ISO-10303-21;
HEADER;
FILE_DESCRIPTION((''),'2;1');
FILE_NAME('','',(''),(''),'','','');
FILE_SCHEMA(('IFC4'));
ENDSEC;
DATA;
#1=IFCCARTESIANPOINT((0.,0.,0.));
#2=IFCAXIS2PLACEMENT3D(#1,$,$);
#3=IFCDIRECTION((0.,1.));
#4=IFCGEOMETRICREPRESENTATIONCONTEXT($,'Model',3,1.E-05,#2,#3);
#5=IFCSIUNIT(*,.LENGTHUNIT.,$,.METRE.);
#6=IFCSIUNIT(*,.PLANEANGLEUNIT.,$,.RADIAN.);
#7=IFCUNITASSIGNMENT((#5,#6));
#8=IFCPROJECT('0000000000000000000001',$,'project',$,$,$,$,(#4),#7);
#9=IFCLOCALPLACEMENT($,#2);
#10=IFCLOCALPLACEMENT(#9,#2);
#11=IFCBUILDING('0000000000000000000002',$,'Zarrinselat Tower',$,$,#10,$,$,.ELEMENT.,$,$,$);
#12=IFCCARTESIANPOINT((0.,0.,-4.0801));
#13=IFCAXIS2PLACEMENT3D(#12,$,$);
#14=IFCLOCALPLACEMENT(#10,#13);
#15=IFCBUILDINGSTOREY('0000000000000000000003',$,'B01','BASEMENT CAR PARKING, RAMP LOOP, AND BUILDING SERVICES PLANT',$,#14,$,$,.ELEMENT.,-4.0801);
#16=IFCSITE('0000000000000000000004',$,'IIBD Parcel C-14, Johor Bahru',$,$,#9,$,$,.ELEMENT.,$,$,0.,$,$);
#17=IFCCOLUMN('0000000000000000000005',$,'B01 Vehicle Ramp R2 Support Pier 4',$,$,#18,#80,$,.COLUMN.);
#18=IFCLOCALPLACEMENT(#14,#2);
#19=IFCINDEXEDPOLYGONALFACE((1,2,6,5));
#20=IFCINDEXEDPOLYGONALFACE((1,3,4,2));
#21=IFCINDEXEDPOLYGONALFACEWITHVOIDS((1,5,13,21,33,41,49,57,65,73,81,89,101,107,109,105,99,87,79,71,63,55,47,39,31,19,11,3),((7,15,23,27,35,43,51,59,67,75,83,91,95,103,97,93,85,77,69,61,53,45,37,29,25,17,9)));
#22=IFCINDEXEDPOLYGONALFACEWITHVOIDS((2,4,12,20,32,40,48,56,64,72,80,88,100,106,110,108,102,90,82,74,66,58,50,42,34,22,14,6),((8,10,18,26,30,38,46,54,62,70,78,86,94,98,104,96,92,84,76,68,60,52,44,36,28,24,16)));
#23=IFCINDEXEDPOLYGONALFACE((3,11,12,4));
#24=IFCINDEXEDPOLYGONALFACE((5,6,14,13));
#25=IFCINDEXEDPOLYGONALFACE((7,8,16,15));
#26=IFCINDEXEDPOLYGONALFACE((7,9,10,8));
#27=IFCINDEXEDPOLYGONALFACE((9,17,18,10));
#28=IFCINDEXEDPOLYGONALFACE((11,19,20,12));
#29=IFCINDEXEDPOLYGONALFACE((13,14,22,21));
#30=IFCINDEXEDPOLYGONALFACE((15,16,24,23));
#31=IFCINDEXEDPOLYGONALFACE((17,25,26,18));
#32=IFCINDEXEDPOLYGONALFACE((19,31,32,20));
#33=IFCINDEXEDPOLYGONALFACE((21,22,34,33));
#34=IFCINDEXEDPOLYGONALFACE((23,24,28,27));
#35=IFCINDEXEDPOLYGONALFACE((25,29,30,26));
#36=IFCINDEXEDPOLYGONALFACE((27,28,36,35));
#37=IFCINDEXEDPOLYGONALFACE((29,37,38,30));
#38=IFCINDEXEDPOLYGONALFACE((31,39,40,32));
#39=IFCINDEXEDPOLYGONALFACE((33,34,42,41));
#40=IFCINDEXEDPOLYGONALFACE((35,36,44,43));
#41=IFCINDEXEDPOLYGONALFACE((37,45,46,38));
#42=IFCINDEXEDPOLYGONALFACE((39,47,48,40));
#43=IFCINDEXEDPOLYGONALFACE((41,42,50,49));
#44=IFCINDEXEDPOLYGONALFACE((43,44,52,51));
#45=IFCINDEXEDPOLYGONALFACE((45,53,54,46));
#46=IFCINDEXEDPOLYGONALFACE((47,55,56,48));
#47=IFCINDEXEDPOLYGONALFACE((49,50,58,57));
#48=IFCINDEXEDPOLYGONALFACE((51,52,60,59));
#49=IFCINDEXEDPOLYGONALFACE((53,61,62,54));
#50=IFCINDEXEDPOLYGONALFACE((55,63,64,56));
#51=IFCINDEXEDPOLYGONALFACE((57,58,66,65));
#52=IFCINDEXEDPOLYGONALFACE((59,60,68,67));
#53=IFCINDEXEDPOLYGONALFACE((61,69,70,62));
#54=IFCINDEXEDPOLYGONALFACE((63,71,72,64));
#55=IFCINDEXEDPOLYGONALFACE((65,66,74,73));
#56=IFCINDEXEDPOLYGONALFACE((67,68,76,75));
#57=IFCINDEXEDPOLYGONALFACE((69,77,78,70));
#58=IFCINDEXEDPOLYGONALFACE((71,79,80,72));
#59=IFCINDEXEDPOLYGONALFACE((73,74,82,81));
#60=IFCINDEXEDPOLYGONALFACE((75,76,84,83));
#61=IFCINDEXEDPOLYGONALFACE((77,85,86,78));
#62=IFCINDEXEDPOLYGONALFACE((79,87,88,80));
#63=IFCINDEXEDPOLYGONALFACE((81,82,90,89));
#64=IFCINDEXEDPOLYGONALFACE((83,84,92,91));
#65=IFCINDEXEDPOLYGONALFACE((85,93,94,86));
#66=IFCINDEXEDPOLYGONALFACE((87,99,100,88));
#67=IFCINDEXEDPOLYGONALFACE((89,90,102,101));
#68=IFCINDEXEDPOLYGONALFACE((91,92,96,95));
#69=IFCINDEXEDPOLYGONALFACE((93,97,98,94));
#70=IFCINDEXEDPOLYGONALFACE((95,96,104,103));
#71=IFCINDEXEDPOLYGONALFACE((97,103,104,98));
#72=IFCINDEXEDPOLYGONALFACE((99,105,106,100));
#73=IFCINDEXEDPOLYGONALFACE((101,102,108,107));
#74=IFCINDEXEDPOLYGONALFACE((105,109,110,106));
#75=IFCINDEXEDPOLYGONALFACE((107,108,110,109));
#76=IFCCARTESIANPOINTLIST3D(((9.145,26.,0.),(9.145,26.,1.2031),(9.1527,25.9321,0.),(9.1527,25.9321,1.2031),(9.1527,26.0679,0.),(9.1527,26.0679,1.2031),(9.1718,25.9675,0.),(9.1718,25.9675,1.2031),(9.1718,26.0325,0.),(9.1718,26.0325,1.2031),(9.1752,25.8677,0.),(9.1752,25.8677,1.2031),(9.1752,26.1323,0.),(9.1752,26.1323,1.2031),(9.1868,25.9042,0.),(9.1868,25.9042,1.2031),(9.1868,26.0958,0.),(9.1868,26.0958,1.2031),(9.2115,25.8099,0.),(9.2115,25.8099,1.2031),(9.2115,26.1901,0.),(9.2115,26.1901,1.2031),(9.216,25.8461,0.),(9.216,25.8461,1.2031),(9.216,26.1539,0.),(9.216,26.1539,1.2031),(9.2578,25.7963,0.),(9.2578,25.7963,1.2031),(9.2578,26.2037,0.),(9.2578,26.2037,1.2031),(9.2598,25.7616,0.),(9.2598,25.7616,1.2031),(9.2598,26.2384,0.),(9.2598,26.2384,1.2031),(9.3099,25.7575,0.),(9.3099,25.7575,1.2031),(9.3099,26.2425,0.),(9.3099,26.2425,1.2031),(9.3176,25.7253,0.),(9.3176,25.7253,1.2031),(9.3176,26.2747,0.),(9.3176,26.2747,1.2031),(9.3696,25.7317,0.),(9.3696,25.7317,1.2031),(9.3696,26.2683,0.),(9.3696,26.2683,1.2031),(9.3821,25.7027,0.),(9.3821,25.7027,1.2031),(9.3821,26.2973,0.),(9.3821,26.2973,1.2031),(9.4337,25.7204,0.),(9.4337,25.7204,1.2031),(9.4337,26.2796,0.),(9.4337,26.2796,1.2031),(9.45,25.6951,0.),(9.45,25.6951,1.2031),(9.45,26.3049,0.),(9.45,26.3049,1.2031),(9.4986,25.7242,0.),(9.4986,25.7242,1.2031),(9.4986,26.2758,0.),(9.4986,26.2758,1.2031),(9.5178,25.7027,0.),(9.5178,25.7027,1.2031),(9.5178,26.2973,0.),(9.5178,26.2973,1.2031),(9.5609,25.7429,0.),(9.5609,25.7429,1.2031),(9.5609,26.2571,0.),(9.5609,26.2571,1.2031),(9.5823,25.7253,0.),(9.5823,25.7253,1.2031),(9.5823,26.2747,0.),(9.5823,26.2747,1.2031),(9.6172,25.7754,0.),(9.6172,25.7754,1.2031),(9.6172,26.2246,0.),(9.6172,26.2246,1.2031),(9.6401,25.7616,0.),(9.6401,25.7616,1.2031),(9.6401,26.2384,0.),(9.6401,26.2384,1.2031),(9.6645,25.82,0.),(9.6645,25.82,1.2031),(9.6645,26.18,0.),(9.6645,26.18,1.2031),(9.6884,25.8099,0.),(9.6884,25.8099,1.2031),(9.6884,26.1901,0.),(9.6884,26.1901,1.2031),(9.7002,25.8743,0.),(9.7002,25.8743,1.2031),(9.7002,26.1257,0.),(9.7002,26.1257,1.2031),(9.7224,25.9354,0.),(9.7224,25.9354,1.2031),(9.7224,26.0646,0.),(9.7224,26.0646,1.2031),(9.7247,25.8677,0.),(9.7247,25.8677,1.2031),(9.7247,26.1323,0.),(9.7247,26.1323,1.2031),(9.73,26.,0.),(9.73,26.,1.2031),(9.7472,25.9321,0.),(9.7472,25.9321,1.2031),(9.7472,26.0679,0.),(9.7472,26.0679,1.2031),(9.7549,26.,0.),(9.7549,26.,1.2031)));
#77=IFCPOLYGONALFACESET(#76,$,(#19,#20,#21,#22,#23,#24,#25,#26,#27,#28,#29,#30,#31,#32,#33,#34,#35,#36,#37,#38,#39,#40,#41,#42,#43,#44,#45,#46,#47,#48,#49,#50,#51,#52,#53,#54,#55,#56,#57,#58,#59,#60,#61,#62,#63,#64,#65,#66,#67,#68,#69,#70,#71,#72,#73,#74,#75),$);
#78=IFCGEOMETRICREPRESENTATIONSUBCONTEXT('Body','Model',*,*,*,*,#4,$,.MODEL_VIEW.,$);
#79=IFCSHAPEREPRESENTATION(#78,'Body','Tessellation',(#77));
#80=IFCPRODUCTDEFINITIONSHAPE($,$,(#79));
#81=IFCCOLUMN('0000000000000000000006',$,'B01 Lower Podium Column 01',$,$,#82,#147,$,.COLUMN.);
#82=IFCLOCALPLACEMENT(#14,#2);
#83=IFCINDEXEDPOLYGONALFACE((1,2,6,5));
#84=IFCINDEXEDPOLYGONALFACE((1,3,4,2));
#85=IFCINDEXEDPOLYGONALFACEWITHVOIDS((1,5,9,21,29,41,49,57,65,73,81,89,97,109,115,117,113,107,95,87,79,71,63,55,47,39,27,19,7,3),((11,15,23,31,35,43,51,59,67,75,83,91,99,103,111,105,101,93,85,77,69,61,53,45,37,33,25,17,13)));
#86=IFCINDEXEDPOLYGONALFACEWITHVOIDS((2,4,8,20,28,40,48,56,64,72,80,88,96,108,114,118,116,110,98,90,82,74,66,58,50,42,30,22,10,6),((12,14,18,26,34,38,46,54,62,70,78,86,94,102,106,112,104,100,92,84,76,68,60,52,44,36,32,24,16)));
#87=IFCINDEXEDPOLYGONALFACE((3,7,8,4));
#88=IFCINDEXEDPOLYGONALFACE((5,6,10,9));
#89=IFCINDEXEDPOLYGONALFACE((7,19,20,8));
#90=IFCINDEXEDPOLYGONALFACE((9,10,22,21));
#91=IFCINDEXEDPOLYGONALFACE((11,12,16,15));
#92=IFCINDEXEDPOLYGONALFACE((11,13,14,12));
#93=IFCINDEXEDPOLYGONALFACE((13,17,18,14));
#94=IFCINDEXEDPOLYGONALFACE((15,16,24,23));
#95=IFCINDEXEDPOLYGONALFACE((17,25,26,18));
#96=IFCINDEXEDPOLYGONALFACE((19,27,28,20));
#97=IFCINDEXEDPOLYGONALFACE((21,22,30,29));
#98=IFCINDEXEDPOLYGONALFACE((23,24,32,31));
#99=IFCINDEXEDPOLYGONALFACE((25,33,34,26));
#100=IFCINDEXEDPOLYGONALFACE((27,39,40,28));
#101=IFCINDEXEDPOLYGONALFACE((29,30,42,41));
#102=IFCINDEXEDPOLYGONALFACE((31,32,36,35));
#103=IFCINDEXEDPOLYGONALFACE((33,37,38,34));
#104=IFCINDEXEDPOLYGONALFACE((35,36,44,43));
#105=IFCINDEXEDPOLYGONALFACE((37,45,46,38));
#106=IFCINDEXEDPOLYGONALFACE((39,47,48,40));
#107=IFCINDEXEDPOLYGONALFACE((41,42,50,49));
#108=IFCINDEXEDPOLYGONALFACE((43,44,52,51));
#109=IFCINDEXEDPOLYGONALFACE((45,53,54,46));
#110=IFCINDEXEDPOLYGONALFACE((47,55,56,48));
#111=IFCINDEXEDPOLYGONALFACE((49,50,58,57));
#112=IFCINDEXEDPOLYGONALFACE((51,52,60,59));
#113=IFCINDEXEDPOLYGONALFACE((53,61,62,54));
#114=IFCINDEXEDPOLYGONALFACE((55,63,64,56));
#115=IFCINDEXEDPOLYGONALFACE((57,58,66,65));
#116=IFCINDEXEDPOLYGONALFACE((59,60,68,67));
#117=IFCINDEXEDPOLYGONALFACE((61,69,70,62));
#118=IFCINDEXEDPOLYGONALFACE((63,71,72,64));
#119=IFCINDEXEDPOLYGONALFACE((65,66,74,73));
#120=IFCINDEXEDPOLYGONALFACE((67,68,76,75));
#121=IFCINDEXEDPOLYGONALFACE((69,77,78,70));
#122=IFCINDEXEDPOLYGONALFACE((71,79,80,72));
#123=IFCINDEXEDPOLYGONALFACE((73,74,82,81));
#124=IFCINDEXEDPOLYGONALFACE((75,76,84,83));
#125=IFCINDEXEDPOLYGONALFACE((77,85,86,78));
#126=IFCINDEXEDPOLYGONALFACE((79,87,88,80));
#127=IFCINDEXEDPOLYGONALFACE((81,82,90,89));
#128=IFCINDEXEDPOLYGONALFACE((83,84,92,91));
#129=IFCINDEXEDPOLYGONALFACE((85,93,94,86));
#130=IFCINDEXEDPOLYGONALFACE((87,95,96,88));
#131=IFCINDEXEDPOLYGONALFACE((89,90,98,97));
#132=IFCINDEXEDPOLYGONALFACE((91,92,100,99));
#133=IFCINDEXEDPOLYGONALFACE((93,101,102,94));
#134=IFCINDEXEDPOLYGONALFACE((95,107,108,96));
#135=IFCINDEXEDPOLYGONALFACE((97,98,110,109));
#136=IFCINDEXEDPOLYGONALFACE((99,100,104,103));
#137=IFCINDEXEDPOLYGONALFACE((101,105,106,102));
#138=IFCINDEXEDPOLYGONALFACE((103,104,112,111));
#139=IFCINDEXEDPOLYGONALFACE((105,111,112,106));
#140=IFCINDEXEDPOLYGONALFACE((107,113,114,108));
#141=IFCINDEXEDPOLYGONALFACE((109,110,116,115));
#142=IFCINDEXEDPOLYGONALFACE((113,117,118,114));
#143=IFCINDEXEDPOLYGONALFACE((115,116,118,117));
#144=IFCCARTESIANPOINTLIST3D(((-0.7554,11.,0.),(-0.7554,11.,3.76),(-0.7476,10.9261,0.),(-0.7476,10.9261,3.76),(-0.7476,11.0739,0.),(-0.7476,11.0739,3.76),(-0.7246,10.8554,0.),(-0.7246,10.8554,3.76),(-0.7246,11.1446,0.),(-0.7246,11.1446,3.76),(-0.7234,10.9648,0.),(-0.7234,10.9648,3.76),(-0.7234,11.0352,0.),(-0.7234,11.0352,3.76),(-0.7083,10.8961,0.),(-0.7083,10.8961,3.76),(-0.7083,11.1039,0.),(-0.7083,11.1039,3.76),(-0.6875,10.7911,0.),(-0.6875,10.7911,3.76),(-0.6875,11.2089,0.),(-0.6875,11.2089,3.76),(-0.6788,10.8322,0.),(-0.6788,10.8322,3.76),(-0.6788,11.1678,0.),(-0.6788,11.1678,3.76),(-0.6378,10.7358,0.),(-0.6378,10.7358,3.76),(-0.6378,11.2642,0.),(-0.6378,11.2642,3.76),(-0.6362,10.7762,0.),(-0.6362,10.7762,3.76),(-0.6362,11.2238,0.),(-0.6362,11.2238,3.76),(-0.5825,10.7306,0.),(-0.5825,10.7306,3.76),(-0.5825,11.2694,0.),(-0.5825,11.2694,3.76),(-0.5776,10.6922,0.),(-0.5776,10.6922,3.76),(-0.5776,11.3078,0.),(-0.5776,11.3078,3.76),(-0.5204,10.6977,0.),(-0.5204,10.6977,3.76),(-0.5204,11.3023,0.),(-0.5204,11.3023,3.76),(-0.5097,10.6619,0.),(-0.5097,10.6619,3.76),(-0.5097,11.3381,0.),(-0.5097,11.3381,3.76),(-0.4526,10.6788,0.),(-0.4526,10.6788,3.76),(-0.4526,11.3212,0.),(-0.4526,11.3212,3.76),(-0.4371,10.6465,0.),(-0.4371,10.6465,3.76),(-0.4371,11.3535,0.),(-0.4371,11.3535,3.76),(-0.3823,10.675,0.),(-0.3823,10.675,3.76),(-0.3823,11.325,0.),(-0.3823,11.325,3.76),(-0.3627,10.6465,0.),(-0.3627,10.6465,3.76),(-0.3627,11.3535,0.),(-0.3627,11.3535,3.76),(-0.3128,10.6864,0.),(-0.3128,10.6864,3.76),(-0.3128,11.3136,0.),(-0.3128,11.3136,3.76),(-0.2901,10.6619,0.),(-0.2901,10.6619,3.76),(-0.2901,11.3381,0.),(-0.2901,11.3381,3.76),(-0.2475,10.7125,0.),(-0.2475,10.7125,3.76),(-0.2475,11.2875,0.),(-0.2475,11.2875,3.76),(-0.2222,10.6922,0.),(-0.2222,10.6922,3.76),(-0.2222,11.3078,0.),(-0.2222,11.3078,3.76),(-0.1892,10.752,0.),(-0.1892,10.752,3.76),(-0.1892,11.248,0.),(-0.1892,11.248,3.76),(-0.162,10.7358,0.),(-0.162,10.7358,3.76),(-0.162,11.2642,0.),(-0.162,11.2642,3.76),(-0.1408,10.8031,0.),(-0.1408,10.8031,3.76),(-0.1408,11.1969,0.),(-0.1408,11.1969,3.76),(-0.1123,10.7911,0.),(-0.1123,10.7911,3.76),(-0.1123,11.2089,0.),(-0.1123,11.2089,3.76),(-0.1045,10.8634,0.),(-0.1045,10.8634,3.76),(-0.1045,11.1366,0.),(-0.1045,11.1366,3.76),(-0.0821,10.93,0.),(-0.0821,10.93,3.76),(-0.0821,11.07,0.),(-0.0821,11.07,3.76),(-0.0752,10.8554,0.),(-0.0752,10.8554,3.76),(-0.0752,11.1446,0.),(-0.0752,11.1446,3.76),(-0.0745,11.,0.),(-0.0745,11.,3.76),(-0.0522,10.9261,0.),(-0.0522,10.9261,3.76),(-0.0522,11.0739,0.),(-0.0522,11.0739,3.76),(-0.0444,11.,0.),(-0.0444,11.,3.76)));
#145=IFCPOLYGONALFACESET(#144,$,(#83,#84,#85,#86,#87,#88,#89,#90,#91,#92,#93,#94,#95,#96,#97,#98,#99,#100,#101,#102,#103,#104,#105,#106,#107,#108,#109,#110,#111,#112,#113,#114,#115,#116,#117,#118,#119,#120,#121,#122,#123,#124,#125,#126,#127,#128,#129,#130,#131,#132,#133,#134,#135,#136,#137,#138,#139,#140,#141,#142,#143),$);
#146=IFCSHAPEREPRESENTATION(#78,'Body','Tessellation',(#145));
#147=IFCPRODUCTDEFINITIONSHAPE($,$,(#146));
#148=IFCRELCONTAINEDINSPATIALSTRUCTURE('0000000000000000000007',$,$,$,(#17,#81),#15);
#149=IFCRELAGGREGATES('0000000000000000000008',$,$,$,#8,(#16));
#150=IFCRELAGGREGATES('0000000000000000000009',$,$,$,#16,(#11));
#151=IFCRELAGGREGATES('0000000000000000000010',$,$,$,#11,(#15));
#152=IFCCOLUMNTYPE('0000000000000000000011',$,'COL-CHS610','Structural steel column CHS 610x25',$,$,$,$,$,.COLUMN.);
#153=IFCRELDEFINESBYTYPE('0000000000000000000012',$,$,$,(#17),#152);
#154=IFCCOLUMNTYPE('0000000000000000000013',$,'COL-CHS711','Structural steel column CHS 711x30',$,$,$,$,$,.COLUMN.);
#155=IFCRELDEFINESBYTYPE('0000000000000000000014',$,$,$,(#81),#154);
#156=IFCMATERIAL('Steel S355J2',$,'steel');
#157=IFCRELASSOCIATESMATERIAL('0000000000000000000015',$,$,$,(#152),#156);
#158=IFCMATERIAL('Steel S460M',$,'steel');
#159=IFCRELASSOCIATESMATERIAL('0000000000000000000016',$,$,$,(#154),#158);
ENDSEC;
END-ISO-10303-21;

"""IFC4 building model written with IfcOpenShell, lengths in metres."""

from ifc_helpers import new_model, si_unit, direction, frame, origin, origin_2d, place, context, subcontext, project, spatial, hollow_circle, extrude, material, material_profile, profile_set, type_object, element, save


model = new_model("IFC4")

# Units and contexts
model_context = context("Model", 3, precision=1e-05, world=origin(), true_north=direction((0.0, 1.0)))
body_context = subcontext(model_context, "Body", "Model", "MODEL_VIEW")
ifc_project = project(units=[si_unit("LENGTHUNIT", "METRE"), si_unit("PLANEANGLEUNIT", "RADIAN")], contexts=[model_context])

# Site, building, storey
site_placement = place(None, origin())
site = spatial("IfcSite", under=ifc_project, at=site_placement, Name="IIBD Parcel C-14, Johor Bahru", CompositionType="ELEMENT", RefElevation=0.0)
building_placement = place(site_placement, origin())
building = spatial("IfcBuilding", under=site, at=building_placement, Name="Zarrinselat Tower", CompositionType="ELEMENT")
storey_placement = place(building_placement, frame((0.0, 0.0, -4.0801)))
storey = spatial("IfcBuildingStorey", under=building, at=storey_placement, Name="B01", Description="BASEMENT CAR PARKING, RAMP LOOP, AND BUILDING SERVICES PLANT", CompositionType="ELEMENT", Elevation=-4.0801)

# Columns
ifc_material_1 = material(Name="Steel S355J2", Category="steel")
ifc_material_profile_1 = material_profile(ifc_material_1, hollow_circle(Radius=0.3049, WallThickness=0.0249, at=origin_2d()), Name="CHS 610x25")
ifc_profile_set_1 = profile_set([ifc_material_profile_1], Name="Steel S355J2")
column_type_1 = type_object("IfcColumnType", Name="COL-CHS610", Description="Structural steel column CHS 610x25", PredefinedType="COLUMN", material=ifc_profile_set_1)
for number, where, z_axis, x_axis, name in (
    (1, (9.45, 26.0, 0.0), (0.0, 0.0, 1.0), (1.0, 0.0, 0.0), "B01 Vehicle Ramp R2 Support Pier 4"),
):
    element("IfcColumn", number, at=place(storey_placement, frame(where, z_axis=z_axis, x_axis=x_axis)), inside=storey, type_object=column_type_1, Name=name, PredefinedType="COLUMN", context=body_context, shape_type="SweptSolid", body=[
        extrude(hollow_circle(Radius=0.3049, WallThickness=0.0249, at=origin_2d()), origin(), (0.0, 0.0, 1.0), 1.2031),
    ])
ifc_material_2 = material(Name="Steel S460M", Category="steel")
ifc_material_profile_2 = material_profile(ifc_material_2, hollow_circle(Radius=0.3555, WallThickness=0.03, at=origin_2d()), Name="CHS 711x30")
ifc_profile_set_2 = profile_set([ifc_material_profile_2], Name="Steel S460M")
column_type_2 = type_object("IfcColumnType", Name="COL-CHS711", Description="Structural steel column CHS 711x30", PredefinedType="COLUMN", material=ifc_profile_set_2)
for number, where, z_axis, x_axis, name in (
    (2, (-0.3999, 11.0, 0.0), (0.0, 0.0, 1.0), (1.0, 0.0, 0.0), "B01 Lower Podium Column 01"),
):
    element("IfcColumn", number, at=place(storey_placement, frame(where, z_axis=z_axis, x_axis=x_axis)), inside=storey, type_object=column_type_2, Name=name, PredefinedType="COLUMN", context=body_context, shape_type="SweptSolid", body=[
        extrude(hollow_circle(Radius=0.3555, WallThickness=0.03, at=origin_2d()), origin(), (0.0, 0.0, 1.0), 3.76),
    ])

save(model, "model.ifc")
